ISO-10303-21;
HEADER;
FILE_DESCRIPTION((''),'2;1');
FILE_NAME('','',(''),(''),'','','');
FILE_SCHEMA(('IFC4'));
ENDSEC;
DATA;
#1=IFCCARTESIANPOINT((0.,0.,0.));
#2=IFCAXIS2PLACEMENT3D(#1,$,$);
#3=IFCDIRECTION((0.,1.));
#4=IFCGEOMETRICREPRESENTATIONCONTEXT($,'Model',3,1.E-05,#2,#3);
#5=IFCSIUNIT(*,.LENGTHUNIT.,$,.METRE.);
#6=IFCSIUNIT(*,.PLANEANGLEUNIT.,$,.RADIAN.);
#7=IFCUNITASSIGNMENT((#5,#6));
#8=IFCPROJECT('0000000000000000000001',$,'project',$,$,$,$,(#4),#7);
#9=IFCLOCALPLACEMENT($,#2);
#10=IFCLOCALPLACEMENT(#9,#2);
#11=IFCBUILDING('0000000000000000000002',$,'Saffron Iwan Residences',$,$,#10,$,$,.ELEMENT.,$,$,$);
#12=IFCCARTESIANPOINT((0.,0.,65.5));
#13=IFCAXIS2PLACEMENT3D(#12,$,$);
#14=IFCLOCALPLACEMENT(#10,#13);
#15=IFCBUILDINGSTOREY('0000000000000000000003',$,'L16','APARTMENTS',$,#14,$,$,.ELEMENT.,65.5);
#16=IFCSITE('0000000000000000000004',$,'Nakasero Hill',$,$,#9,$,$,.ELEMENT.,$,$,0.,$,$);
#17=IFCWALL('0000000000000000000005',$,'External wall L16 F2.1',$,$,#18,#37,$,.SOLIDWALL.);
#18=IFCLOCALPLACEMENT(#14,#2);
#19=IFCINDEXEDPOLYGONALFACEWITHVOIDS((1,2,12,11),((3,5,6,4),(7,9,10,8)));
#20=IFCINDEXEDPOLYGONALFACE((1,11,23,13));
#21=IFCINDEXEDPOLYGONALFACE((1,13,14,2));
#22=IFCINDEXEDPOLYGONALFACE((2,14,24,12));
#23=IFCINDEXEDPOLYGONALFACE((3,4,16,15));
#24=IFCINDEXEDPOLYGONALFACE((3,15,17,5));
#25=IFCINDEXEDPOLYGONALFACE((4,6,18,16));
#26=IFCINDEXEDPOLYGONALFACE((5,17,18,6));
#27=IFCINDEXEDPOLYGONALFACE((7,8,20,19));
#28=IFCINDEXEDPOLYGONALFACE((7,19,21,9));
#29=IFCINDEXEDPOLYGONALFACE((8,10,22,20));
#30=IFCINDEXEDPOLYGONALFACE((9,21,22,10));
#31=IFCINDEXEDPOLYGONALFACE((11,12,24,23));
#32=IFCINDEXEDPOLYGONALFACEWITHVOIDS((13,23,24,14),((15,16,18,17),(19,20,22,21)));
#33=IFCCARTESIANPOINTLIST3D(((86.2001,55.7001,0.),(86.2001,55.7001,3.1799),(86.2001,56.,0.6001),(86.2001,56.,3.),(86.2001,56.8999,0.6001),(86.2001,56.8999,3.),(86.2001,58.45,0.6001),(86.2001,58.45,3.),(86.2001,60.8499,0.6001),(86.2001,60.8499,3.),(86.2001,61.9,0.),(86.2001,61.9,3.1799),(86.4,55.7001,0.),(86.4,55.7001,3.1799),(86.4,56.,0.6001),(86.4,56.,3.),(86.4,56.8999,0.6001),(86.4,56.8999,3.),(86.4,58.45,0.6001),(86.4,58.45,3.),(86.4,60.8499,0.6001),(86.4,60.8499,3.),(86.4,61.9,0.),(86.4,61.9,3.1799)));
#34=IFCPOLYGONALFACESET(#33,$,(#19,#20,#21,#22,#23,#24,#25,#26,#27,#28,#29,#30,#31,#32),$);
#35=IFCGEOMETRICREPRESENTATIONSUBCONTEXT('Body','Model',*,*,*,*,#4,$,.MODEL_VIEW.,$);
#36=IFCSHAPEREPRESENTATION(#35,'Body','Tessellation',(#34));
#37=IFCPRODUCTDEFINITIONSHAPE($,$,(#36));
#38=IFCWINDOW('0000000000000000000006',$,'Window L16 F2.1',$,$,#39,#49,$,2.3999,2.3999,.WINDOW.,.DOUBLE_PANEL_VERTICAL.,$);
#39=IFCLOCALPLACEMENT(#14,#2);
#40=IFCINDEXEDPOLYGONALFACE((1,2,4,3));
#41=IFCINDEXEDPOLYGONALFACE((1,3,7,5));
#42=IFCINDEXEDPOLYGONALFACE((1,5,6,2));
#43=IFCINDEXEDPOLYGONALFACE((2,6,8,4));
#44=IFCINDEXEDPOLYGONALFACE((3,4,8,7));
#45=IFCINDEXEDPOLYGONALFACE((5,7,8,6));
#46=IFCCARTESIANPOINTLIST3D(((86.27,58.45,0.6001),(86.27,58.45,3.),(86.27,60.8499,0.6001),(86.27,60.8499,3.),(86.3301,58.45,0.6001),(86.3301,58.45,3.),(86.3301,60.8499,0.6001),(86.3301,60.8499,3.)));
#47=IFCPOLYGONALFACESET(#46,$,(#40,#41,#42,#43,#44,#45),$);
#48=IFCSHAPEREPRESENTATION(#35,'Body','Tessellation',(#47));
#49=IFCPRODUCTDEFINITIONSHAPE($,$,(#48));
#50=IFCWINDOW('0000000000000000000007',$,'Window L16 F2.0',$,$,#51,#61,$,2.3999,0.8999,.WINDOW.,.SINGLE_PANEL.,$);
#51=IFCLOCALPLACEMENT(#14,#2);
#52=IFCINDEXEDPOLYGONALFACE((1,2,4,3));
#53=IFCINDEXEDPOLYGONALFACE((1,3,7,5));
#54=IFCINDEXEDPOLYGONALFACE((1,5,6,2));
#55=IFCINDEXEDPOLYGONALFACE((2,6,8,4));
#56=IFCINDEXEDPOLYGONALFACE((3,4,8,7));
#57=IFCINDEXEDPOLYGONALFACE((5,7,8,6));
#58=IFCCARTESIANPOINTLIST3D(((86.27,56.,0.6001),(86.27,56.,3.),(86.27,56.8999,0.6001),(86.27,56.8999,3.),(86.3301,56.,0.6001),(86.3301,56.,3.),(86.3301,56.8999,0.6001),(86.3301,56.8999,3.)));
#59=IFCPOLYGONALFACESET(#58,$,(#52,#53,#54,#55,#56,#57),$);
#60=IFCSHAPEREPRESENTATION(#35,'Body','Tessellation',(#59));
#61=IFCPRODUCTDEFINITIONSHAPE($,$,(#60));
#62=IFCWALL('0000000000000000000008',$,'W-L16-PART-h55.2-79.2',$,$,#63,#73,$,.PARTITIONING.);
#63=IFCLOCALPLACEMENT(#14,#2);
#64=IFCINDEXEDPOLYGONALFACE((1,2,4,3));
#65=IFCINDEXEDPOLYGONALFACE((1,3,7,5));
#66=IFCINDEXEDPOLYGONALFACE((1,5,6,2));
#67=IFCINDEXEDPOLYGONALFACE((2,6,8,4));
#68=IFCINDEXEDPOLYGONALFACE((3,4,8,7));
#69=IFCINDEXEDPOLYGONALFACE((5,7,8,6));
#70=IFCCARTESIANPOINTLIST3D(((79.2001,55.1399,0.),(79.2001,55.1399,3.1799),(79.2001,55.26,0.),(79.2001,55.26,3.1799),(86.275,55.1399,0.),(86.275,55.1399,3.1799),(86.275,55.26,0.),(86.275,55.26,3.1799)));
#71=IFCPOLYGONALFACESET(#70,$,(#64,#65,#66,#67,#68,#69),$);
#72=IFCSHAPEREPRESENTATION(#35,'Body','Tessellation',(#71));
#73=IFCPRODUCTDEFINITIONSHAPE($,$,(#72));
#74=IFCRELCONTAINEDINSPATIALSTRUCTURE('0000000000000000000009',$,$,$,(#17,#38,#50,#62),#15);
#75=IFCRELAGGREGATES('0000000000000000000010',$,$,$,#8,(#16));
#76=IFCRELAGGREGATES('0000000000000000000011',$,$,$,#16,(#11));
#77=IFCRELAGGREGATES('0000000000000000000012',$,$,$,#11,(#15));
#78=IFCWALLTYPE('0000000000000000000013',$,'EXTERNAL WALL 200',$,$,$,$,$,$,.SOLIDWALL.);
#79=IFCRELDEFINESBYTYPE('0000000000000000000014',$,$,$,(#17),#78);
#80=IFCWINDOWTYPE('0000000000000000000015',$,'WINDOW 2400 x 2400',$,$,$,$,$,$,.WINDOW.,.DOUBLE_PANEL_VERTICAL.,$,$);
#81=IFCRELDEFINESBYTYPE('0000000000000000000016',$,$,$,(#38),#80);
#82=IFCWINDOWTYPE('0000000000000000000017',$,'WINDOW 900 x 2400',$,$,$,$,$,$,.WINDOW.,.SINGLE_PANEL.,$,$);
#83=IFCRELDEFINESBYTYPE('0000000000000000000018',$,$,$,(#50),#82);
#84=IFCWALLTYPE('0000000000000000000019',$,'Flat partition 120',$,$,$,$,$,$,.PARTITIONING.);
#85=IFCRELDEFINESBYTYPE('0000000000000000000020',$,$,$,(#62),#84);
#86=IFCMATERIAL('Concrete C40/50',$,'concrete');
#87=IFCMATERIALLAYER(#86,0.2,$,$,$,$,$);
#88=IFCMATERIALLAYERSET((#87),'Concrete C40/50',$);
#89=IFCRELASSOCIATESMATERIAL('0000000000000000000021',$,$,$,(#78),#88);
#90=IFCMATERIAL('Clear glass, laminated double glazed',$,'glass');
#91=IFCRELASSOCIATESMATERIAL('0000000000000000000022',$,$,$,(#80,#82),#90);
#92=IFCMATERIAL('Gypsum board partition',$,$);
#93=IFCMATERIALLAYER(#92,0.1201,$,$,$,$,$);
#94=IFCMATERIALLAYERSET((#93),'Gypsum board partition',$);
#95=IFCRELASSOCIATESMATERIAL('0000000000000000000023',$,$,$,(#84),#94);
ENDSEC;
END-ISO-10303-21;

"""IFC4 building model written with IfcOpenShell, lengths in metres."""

from ifc_helpers import new_model, si_unit, direction, frame, frame_2d, origin, place, context, subcontext, project, spatial, rectangle, extrude, material, layer, layer_set, type_object, element, fill, save


model = new_model("IFC4")

# Units and contexts
model_context = context("Model", 3, precision=1e-05, world=origin(), true_north=direction((0.0, 1.0)))
body_context = subcontext(model_context, "Body", "Model", "MODEL_VIEW")
ifc_project = project(units=[si_unit("LENGTHUNIT", "METRE"), si_unit("PLANEANGLEUNIT", "RADIAN")], contexts=[model_context])

# Site, building, storey
site_placement = place(None, origin())
site = spatial("IfcSite", under=ifc_project, at=site_placement, Name="Nakasero Hill", CompositionType="ELEMENT", RefElevation=0.0)
building_placement = place(site_placement, origin())
building = spatial("IfcBuilding", under=site, at=building_placement, Name="Saffron Iwan Residences", CompositionType="ELEMENT")
storey_placement = place(building_placement, frame((0.0, 0.0, 65.5)))
storey = spatial("IfcBuildingStorey", under=building, at=storey_placement, Name="L16", Description="APARTMENTS", CompositionType="ELEMENT", Elevation=65.5)

# Shared definitions
ifc_material_1 = material(Name="Concrete C40/50", Category="concrete")
ifc_layer_1 = layer(ifc_material_1, 0.2)
ifc_layer_set_1 = layer_set([ifc_layer_1], Name="Concrete C40/50")
wall_type_1 = type_object("IfcWallType", Name="EXTERNAL WALL 200", PredefinedType="SOLIDWALL", material=ifc_layer_set_1)
ifc_material_2 = material(Name="Clear glass, laminated double glazed", Category="glass")
window_type_1 = type_object("IfcWindowType", Name="WINDOW 2400 x 2400", PartitioningType="DOUBLE_PANEL_VERTICAL", PredefinedType="WINDOW", material=ifc_material_2)

# Wall, openings, windows
wall_1_placement = place(storey_placement, frame((86.3, 55.7, 0.0), z_axis=(0.0, 0.0, 1.0), x_axis=(0.0, 1.0, 0.0)))
wall_1 = element("IfcWall", 1, at=wall_1_placement, inside=storey, type_object=wall_type_1, Name="External wall L16 F2.1", PredefinedType="SOLIDWALL", context=body_context, shape_type="SweptSolid", body=[
    extrude(rectangle(XDim=6.2, YDim=0.2, at=frame_2d((3.1001, 0.0))), origin(), (0.0, 0.0, 1.0), 3.1799),
])
opening_1_placement = place(wall_1_placement, frame((0.3, 0.0, 0.6001)))
opening_1 = element("IfcOpeningElement", 2, at=opening_1_placement, cuts=wall_1, PredefinedType="OPENING", context=body_context, shape_type="SweptSolid", body=[
    extrude(rectangle(XDim=0.8999, YDim=2.3999, at=frame_2d((0.45, 1.2))), frame((0.0, 0.1099, 0.0), z_axis=(0.0, -1.0, 0.0), x_axis=(1.0, 0.0, 0.0)), (0.0, 0.0, 1.0), 0.22),
])
opening_2_placement = place(wall_1_placement, frame((2.75, 0.0, 0.6001)))
opening_2 = element("IfcOpeningElement", 3, at=opening_2_placement, cuts=wall_1, PredefinedType="OPENING", context=body_context, shape_type="SweptSolid", body=[
    extrude(rectangle(XDim=2.3999, YDim=2.3999, at=frame_2d((1.2, 1.2))), frame((0.0, 0.1099, 0.0), z_axis=(0.0, -1.0, 0.0), x_axis=(1.0, 0.0, 0.0)), (0.0, 0.0, 1.0), 0.22),
])
window_1_placement = place(opening_2_placement, origin())
window_1 = element("IfcWindow", 4, at=window_1_placement, inside=storey, type_object=window_type_1, Name="Window L16 F2.1", OverallHeight=2.3999, OverallWidth=2.3999, PartitioningType="DOUBLE_PANEL_VERTICAL", PredefinedType="WINDOW", context=body_context, shape_type="SweptSolid", body=[
    extrude(rectangle(XDim=2.3999, YDim=2.3999, at=frame_2d((1.2, 1.2))), frame((0.0, 0.03, 0.0), z_axis=(0.0, -1.0, 0.0), x_axis=(1.0, 0.0, 0.0)), (0.0, 0.0, 1.0), 0.0601),
])
fill(opening_2, window_1)
window_type_2 = type_object("IfcWindowType", Name="WINDOW 900 x 2400", PartitioningType="SINGLE_PANEL", PredefinedType="WINDOW", material=ifc_material_2)
window_2_placement = place(opening_1_placement, origin())
window_2 = element("IfcWindow", 5, at=window_2_placement, inside=storey, type_object=window_type_2, Name="Window L16 F2.0", OverallHeight=2.3999, OverallWidth=0.8999, PartitioningType="SINGLE_PANEL", PredefinedType="WINDOW", context=body_context, shape_type="SweptSolid", body=[
    extrude(rectangle(XDim=0.8999, YDim=2.3999, at=frame_2d((0.45, 1.2))), frame((0.0, 0.03, 0.0), z_axis=(0.0, -1.0, 0.0), x_axis=(1.0, 0.0, 0.0)), (0.0, 0.0, 1.0), 0.0601),
])
fill(opening_1, window_2)

# Wall
ifc_material_3 = material(Name="Gypsum board partition")
ifc_layer_2 = layer(ifc_material_3, 0.1201)
ifc_layer_set_2 = layer_set([ifc_layer_2], Name="Gypsum board partition")
wall_type_2 = type_object("IfcWallType", Name="Flat partition 120", PredefinedType="PARTITIONING", material=ifc_layer_set_2)
wall_2_placement = place(storey_placement, frame((79.2, 55.2, 0.0), z_axis=(0.0, 0.0, 1.0), x_axis=(1.0, 0.0, 0.0)))
element("IfcWall", 6, at=wall_2_placement, inside=storey, type_object=wall_type_2, Name="W-L16-PART-h55.2-79.2", PredefinedType="PARTITIONING", context=body_context, shape_type="SweptSolid", body=[
    extrude(rectangle(XDim=7.075, YDim=0.1201, at=frame_2d((3.5376, 0.0))), origin(), (0.0, 0.0, 1.0), 3.1799),
])

save(model, "model.ifc")
